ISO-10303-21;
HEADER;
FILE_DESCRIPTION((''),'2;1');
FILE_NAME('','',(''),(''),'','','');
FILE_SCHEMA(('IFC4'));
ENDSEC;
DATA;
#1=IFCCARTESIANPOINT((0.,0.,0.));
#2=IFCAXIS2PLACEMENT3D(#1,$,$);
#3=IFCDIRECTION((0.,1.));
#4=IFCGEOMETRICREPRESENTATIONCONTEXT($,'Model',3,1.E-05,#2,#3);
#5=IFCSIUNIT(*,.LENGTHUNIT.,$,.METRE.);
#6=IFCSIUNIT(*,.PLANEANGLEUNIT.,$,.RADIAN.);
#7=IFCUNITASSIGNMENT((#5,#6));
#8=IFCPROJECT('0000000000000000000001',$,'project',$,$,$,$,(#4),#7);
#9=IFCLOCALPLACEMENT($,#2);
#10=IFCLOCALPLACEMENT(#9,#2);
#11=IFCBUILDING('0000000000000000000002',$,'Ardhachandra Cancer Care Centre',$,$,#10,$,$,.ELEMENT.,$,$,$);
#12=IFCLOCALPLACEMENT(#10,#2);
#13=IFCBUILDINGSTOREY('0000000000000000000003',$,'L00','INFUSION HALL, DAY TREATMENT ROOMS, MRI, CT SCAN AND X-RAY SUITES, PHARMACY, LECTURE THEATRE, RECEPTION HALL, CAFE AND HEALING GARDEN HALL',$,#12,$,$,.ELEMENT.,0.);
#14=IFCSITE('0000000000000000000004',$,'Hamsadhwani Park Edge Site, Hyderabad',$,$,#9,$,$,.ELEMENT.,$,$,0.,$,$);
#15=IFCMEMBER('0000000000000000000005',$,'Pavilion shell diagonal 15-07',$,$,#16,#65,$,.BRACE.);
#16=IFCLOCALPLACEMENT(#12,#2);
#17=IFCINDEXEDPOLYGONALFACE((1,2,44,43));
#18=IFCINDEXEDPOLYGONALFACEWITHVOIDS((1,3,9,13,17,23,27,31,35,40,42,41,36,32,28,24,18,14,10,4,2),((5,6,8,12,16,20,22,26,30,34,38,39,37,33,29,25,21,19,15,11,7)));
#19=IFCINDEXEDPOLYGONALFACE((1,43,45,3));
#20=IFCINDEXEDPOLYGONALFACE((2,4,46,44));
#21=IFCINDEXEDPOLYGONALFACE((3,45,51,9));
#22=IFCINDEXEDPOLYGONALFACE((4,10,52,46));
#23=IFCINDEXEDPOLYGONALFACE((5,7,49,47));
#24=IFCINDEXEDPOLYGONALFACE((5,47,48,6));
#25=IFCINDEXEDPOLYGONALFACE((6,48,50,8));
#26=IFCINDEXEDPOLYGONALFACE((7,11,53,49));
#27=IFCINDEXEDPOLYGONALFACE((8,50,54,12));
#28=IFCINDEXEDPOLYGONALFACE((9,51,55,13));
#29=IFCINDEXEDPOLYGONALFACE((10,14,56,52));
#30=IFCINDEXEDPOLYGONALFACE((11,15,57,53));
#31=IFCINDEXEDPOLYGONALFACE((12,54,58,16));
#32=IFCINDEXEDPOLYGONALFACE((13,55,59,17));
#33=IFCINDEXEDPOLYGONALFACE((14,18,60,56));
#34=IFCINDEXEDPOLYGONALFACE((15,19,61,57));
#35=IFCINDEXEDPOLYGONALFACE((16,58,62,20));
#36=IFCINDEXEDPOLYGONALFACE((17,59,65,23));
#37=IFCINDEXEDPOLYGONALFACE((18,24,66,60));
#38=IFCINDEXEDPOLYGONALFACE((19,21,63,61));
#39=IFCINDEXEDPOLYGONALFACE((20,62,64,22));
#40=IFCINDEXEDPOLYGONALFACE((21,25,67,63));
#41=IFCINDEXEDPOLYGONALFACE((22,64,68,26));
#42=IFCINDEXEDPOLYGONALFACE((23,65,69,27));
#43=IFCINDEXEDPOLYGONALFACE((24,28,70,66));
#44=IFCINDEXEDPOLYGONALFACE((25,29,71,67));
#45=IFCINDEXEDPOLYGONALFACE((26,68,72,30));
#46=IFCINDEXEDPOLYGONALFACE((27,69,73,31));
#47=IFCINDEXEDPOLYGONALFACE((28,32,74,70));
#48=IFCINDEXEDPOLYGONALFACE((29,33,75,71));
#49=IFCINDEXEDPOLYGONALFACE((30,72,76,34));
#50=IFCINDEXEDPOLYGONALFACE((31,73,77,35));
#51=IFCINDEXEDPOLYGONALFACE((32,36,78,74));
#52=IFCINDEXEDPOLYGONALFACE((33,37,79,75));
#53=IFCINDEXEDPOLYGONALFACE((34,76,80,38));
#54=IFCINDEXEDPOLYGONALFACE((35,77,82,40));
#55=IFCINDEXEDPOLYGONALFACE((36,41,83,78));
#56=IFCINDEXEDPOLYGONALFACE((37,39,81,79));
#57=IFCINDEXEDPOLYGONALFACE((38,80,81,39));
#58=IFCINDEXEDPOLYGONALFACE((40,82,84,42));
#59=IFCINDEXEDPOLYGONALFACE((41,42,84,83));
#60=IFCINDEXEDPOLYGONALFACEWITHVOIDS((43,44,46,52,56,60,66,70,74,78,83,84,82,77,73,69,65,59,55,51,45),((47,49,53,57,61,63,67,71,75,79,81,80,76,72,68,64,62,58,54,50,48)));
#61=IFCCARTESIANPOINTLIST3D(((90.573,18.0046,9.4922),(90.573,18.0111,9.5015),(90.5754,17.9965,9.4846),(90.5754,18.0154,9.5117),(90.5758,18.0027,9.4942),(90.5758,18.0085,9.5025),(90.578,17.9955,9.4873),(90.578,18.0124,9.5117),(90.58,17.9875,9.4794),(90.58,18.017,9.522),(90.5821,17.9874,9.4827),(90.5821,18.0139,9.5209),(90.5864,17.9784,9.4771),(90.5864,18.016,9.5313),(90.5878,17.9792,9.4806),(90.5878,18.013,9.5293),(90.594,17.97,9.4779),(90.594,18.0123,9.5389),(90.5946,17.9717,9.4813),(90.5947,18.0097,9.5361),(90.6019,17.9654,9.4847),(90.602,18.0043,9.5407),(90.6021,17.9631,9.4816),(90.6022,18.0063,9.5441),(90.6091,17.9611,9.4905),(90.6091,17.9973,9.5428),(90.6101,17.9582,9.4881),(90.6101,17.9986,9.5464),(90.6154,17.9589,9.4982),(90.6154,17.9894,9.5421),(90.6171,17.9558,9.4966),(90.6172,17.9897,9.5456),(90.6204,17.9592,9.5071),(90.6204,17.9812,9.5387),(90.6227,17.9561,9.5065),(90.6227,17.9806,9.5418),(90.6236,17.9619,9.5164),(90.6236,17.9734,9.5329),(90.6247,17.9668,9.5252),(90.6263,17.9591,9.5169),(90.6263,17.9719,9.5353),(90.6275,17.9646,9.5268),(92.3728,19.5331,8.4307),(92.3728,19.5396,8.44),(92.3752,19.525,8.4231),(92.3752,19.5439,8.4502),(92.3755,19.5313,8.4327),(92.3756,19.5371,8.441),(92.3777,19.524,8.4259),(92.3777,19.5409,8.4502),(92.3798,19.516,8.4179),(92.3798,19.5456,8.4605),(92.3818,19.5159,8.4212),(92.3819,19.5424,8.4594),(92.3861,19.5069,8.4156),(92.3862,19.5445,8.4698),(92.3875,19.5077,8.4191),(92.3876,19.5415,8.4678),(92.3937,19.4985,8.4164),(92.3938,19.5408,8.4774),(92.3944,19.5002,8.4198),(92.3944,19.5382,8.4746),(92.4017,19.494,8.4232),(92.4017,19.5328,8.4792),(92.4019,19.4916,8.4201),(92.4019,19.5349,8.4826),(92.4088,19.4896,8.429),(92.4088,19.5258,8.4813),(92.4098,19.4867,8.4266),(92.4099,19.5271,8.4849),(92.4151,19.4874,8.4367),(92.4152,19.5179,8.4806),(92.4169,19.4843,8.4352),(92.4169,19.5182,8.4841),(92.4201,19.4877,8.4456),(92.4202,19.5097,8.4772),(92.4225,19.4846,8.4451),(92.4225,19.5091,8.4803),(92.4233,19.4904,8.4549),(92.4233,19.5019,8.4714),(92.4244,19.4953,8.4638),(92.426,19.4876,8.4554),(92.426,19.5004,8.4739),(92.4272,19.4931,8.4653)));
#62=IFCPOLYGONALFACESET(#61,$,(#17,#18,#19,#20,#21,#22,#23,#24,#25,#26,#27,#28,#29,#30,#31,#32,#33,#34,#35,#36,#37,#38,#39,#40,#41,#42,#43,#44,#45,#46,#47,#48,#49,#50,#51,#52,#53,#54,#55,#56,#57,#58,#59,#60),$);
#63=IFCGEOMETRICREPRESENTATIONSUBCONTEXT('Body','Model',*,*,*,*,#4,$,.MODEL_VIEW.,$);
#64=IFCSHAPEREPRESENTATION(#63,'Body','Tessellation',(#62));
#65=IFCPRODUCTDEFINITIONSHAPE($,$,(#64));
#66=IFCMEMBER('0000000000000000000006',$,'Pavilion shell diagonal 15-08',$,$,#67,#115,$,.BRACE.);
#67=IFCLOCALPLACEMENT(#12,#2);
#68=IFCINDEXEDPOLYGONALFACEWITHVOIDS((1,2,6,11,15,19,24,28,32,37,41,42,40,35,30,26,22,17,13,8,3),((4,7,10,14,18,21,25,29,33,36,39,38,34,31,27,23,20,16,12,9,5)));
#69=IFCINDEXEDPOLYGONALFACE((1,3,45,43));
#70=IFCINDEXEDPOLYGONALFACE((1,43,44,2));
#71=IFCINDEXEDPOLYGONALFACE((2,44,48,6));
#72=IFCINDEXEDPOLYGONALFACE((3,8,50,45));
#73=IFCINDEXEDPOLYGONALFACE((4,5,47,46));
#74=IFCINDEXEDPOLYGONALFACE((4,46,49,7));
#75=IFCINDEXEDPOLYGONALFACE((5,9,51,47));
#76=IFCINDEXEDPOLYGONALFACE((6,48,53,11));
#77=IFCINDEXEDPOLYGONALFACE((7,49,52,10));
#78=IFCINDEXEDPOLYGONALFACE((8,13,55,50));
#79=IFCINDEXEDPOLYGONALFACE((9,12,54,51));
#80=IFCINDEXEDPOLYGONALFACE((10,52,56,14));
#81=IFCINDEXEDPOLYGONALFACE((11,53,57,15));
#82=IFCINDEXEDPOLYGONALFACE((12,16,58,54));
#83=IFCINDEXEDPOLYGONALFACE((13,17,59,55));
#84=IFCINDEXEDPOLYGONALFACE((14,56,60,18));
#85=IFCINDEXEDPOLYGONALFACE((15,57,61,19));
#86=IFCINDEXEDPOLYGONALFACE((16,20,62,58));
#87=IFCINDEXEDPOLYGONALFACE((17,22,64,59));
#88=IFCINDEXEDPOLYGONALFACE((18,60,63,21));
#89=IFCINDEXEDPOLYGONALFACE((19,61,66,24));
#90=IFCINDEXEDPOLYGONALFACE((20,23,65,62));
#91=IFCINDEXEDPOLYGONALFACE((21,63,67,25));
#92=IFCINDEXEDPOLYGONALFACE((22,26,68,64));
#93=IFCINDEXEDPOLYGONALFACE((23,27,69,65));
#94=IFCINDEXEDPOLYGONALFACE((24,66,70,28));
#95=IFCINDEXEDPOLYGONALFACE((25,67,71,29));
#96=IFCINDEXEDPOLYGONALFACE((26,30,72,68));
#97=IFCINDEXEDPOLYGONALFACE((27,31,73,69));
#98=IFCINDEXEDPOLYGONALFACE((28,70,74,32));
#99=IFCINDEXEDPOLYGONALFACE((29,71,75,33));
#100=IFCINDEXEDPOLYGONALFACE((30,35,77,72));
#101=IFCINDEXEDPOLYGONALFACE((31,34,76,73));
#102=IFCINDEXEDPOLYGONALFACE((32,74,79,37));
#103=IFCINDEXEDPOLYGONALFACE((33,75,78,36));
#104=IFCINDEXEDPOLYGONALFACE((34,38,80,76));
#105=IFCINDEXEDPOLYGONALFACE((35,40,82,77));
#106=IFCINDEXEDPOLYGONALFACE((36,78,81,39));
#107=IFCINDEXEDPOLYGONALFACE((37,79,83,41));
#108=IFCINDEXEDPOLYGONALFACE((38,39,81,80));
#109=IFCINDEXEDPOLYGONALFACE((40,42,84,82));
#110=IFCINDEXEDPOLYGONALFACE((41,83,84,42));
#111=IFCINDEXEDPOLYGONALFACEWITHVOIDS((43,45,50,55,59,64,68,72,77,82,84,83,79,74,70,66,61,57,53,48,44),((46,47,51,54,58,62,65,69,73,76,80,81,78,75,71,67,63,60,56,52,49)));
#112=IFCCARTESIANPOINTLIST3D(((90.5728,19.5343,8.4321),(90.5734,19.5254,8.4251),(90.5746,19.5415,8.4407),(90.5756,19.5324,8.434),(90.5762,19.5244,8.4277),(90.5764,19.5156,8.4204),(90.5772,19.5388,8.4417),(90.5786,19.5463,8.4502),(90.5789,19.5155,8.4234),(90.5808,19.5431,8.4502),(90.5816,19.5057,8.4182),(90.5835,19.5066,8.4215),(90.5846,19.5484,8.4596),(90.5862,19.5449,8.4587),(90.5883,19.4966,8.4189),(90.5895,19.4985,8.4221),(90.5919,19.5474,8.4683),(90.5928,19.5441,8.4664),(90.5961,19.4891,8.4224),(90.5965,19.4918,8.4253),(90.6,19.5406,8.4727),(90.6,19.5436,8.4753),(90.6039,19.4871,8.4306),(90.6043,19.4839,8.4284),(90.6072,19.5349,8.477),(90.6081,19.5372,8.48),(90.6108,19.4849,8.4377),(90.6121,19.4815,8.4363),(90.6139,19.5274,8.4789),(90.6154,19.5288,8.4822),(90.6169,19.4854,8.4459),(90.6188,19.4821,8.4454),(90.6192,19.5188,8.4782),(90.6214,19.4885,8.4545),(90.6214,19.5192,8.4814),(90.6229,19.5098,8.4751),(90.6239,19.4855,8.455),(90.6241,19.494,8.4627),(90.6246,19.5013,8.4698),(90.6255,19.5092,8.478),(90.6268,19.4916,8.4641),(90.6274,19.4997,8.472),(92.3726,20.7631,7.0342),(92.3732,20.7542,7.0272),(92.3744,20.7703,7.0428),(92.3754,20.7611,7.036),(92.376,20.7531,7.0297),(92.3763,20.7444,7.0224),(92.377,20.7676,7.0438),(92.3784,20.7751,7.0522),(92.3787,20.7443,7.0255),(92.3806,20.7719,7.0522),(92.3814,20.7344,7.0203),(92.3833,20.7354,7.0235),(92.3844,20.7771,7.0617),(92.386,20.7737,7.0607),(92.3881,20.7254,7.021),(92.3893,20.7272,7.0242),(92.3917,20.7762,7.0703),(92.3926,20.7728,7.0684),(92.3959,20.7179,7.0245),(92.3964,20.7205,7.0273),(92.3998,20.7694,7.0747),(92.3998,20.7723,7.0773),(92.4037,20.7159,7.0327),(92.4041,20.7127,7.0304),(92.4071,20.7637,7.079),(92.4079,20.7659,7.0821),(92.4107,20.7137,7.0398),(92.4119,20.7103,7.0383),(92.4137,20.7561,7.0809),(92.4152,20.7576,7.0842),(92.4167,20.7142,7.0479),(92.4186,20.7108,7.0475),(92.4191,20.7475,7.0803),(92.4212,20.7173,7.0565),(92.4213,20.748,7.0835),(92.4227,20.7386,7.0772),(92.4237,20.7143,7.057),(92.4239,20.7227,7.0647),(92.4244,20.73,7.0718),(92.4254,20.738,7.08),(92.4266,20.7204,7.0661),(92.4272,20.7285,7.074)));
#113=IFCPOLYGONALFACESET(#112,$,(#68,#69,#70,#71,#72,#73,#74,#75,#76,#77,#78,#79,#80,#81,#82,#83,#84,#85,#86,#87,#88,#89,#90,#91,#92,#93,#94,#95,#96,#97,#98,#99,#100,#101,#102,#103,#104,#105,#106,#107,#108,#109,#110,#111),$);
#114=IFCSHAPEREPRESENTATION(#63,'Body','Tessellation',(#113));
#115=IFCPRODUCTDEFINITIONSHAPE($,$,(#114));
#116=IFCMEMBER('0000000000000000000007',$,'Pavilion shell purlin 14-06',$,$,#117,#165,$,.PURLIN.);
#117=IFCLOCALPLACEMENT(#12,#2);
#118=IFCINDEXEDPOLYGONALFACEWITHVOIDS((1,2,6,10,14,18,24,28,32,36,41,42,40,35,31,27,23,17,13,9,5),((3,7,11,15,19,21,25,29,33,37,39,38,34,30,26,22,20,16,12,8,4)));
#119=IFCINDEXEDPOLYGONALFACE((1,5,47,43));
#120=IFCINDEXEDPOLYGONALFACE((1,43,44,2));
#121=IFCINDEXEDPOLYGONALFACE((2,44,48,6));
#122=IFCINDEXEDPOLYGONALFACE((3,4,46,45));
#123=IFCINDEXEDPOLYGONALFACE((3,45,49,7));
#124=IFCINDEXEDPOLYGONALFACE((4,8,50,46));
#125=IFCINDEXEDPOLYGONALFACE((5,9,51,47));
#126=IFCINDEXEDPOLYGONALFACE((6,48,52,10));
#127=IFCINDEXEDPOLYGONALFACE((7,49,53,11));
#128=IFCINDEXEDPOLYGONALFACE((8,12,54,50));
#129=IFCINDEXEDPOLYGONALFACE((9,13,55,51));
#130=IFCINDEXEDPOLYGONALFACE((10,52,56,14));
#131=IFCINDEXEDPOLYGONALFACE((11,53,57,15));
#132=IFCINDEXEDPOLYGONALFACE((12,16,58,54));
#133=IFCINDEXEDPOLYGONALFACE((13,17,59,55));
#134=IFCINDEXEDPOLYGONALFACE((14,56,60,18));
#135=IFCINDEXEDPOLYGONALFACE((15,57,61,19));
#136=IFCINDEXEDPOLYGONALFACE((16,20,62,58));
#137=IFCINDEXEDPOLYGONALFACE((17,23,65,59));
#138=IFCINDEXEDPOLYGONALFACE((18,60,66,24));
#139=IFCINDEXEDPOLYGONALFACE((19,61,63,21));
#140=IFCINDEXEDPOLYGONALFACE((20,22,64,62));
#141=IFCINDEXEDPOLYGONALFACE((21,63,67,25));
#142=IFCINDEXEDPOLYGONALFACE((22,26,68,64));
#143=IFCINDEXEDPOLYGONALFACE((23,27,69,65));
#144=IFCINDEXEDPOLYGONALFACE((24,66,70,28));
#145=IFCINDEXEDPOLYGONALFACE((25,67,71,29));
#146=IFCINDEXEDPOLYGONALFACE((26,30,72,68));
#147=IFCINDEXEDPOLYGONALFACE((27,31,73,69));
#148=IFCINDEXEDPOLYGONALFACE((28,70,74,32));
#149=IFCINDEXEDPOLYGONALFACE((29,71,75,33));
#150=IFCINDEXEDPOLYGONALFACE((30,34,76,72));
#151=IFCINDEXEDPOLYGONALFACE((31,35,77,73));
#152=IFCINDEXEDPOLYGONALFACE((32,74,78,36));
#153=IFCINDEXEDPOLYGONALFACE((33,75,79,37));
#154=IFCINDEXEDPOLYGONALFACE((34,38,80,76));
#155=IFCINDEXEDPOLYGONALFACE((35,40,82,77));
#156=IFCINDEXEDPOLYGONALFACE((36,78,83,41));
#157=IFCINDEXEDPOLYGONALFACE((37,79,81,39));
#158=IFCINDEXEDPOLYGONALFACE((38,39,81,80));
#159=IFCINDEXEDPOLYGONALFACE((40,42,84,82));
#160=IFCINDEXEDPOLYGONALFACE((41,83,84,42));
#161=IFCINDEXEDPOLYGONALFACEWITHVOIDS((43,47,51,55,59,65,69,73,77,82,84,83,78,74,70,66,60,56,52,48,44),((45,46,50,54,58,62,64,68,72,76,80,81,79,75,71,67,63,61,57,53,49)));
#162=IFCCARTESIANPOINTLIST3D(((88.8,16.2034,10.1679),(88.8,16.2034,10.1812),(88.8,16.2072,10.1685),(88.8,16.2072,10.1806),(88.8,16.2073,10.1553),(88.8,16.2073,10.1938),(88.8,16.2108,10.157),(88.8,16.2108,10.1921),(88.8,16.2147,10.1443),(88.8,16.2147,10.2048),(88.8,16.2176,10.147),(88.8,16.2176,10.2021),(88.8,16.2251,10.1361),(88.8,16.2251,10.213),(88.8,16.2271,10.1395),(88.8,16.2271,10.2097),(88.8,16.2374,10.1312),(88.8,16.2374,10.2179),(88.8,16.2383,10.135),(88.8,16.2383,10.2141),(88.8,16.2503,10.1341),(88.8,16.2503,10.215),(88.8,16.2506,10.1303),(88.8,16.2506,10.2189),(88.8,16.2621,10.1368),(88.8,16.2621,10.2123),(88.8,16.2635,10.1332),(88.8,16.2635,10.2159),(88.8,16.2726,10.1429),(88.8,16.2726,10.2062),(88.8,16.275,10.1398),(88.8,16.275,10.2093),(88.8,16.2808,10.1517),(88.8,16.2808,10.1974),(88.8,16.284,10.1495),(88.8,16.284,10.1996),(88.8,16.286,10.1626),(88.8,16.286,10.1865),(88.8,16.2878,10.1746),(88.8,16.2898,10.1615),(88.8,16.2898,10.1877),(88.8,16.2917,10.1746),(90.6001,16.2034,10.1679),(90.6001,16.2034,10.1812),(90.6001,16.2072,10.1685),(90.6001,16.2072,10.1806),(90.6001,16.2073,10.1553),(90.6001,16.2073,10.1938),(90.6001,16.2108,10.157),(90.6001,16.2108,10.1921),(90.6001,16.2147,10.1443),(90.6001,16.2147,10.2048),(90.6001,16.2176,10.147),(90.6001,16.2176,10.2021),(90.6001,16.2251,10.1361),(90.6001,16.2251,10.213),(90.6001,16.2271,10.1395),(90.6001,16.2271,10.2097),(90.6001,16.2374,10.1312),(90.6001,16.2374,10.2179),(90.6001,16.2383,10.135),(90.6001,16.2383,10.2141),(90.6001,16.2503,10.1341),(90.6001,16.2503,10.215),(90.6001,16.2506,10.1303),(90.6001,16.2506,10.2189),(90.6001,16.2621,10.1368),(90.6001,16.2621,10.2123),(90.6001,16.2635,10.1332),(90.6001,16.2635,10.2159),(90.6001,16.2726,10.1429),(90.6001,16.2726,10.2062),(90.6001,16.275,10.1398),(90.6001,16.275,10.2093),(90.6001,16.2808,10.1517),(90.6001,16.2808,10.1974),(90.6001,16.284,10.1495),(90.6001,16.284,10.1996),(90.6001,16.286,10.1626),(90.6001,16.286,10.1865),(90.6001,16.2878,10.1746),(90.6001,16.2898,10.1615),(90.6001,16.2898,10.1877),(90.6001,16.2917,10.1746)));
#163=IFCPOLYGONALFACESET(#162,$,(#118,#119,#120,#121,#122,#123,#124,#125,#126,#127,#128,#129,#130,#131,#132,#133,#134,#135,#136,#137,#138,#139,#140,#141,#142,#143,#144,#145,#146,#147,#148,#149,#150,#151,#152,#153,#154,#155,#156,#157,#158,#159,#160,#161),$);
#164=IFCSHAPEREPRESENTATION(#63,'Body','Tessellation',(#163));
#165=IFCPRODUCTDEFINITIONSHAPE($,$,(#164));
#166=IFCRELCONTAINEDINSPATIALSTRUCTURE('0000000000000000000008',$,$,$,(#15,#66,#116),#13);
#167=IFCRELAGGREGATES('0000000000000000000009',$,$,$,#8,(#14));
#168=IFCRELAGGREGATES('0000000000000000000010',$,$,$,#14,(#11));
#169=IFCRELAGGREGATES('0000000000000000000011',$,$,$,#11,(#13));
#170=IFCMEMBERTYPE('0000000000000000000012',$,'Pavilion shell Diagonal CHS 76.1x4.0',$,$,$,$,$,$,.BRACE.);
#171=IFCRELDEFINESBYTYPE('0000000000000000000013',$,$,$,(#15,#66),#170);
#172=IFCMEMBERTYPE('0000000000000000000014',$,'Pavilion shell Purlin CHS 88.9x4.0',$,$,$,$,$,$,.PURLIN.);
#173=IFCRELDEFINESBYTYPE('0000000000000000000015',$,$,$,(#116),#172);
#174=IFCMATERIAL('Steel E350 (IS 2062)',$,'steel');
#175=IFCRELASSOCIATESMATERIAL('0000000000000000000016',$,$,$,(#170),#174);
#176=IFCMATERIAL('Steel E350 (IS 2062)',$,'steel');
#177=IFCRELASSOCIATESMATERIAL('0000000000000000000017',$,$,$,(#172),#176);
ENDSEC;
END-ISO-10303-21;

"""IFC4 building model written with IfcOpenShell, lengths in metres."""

from ifc_helpers import new_model, si_unit, direction, frame, origin, origin_2d, place, context, subcontext, project, spatial, hollow_circle, extrude, material, material_profile, profile_set, type_object, element, save


model = new_model("IFC4")

# Units and contexts
model_context = context("Model", 3, precision=1e-05, world=origin(), true_north=direction((0.0, 1.0)))
body_context = subcontext(model_context, "Body", "Model", "MODEL_VIEW")
ifc_project = project(units=[si_unit("LENGTHUNIT", "METRE"), si_unit("PLANEANGLEUNIT", "RADIAN")], contexts=[model_context])

# Site, building, storey
site_placement = place(None, origin())
site = spatial("IfcSite", under=ifc_project, at=site_placement, Name="Hamsadhwani Park Edge Site, Hyderabad", CompositionType="ELEMENT", RefElevation=0.0)
building_placement = place(site_placement, origin())
building = spatial("IfcBuilding", under=site, at=building_placement, Name="Ardhachandra Cancer Care Centre", CompositionType="ELEMENT")
storey_placement = place(building_placement, origin())
storey = spatial("IfcBuildingStorey", under=building, at=storey_placement, Name="L00", Description="INFUSION HALL, DAY TREATMENT ROOMS, MRI, CT SCAN AND X-RAY SUITES, PHARMACY, LECTURE THEATRE, RECEPTION HALL, CAFE AND HEALING GARDEN HALL", CompositionType="ELEMENT", Elevation=0.0)

# Members
ifc_material_1 = material(Name="Steel E350 (IS 2062)", Category="steel")
ifc_material_profile_1 = material_profile(ifc_material_1, hollow_circle(Radius=0.0381, WallThickness=0.0039, at=origin_2d()), Name="CHS 76.1x4.0")
ifc_profile_set_1 = profile_set([ifc_material_profile_1], Name="Steel E350 (IS 2062)")
member_type_1 = type_object("IfcMemberType", Name="Pavilion shell Diagonal CHS 76.1x4.0", PredefinedType="BRACE", material=ifc_profile_set_1)
for number, where, z_axis, x_axis, name in (
    (1, (90.6001, 17.9863, 9.5117), (0.695188, 0.59042, -0.410022), (-0.647336, 0.762205, 0.0), "Pavilion shell diagonal 15-07"),
):
    element("IfcMember", number, at=place(storey_placement, frame(where, z_axis=z_axis, x_axis=x_axis)), inside=storey, type_object=member_type_1, Name=name, PredefinedType="BRACE", context=body_context, shape_type="SweptSolid", body=[
        extrude(hollow_circle(Radius=0.0381, WallThickness=0.0039, at=origin_2d()), origin(), (0.0, 0.0, 1.0), 2.5889),
    ])
member_1_placement = place(storey_placement, frame((90.6001, 19.5149, 8.4502), z_axis=(0.695148, 0.474591, -0.539938), x_axis=(-0.563844, 0.825881, 0.0)))
element("IfcMember", 2, at=member_1_placement, inside=storey, type_object=member_type_1, Name="Pavilion shell diagonal 15-08", PredefinedType="BRACE", context=body_context, shape_type="SweptSolid", body=[
    extrude(hollow_circle(Radius=0.0381, WallThickness=0.0039, at=origin_2d()), origin(), (0.0, 0.0, 1.0), 2.5891),
])
ifc_material_2 = material(Name="Steel E350 (IS 2062)", Category="steel")
ifc_material_profile_2 = material_profile(ifc_material_2, hollow_circle(Radius=0.0444, WallThickness=0.0039, at=origin_2d()), Name="CHS 88.9x4.0")
ifc_profile_set_2 = profile_set([ifc_material_profile_2], Name="Steel E350 (IS 2062)")
member_type_2 = type_object("IfcMemberType", Name="Pavilion shell Purlin CHS 88.9x4.0", PredefinedType="PURLIN", material=ifc_profile_set_2)
member_2_placement = place(storey_placement, frame((88.8, 16.2473, 10.1746), z_axis=(1.0, 0.0, 0.0), x_axis=(0.0, 1.0, 0.0)))
element("IfcMember", 3, at=member_2_placement, inside=storey, type_object=member_type_2, Name="Pavilion shell purlin 14-06", PredefinedType="PURLIN", context=body_context, shape_type="SweptSolid", body=[
    extrude(hollow_circle(Radius=0.0444, WallThickness=0.0039, at=origin_2d()), origin(), (0.0, 0.0, 1.0), 1.8),
])

save(model, "model.ifc")
